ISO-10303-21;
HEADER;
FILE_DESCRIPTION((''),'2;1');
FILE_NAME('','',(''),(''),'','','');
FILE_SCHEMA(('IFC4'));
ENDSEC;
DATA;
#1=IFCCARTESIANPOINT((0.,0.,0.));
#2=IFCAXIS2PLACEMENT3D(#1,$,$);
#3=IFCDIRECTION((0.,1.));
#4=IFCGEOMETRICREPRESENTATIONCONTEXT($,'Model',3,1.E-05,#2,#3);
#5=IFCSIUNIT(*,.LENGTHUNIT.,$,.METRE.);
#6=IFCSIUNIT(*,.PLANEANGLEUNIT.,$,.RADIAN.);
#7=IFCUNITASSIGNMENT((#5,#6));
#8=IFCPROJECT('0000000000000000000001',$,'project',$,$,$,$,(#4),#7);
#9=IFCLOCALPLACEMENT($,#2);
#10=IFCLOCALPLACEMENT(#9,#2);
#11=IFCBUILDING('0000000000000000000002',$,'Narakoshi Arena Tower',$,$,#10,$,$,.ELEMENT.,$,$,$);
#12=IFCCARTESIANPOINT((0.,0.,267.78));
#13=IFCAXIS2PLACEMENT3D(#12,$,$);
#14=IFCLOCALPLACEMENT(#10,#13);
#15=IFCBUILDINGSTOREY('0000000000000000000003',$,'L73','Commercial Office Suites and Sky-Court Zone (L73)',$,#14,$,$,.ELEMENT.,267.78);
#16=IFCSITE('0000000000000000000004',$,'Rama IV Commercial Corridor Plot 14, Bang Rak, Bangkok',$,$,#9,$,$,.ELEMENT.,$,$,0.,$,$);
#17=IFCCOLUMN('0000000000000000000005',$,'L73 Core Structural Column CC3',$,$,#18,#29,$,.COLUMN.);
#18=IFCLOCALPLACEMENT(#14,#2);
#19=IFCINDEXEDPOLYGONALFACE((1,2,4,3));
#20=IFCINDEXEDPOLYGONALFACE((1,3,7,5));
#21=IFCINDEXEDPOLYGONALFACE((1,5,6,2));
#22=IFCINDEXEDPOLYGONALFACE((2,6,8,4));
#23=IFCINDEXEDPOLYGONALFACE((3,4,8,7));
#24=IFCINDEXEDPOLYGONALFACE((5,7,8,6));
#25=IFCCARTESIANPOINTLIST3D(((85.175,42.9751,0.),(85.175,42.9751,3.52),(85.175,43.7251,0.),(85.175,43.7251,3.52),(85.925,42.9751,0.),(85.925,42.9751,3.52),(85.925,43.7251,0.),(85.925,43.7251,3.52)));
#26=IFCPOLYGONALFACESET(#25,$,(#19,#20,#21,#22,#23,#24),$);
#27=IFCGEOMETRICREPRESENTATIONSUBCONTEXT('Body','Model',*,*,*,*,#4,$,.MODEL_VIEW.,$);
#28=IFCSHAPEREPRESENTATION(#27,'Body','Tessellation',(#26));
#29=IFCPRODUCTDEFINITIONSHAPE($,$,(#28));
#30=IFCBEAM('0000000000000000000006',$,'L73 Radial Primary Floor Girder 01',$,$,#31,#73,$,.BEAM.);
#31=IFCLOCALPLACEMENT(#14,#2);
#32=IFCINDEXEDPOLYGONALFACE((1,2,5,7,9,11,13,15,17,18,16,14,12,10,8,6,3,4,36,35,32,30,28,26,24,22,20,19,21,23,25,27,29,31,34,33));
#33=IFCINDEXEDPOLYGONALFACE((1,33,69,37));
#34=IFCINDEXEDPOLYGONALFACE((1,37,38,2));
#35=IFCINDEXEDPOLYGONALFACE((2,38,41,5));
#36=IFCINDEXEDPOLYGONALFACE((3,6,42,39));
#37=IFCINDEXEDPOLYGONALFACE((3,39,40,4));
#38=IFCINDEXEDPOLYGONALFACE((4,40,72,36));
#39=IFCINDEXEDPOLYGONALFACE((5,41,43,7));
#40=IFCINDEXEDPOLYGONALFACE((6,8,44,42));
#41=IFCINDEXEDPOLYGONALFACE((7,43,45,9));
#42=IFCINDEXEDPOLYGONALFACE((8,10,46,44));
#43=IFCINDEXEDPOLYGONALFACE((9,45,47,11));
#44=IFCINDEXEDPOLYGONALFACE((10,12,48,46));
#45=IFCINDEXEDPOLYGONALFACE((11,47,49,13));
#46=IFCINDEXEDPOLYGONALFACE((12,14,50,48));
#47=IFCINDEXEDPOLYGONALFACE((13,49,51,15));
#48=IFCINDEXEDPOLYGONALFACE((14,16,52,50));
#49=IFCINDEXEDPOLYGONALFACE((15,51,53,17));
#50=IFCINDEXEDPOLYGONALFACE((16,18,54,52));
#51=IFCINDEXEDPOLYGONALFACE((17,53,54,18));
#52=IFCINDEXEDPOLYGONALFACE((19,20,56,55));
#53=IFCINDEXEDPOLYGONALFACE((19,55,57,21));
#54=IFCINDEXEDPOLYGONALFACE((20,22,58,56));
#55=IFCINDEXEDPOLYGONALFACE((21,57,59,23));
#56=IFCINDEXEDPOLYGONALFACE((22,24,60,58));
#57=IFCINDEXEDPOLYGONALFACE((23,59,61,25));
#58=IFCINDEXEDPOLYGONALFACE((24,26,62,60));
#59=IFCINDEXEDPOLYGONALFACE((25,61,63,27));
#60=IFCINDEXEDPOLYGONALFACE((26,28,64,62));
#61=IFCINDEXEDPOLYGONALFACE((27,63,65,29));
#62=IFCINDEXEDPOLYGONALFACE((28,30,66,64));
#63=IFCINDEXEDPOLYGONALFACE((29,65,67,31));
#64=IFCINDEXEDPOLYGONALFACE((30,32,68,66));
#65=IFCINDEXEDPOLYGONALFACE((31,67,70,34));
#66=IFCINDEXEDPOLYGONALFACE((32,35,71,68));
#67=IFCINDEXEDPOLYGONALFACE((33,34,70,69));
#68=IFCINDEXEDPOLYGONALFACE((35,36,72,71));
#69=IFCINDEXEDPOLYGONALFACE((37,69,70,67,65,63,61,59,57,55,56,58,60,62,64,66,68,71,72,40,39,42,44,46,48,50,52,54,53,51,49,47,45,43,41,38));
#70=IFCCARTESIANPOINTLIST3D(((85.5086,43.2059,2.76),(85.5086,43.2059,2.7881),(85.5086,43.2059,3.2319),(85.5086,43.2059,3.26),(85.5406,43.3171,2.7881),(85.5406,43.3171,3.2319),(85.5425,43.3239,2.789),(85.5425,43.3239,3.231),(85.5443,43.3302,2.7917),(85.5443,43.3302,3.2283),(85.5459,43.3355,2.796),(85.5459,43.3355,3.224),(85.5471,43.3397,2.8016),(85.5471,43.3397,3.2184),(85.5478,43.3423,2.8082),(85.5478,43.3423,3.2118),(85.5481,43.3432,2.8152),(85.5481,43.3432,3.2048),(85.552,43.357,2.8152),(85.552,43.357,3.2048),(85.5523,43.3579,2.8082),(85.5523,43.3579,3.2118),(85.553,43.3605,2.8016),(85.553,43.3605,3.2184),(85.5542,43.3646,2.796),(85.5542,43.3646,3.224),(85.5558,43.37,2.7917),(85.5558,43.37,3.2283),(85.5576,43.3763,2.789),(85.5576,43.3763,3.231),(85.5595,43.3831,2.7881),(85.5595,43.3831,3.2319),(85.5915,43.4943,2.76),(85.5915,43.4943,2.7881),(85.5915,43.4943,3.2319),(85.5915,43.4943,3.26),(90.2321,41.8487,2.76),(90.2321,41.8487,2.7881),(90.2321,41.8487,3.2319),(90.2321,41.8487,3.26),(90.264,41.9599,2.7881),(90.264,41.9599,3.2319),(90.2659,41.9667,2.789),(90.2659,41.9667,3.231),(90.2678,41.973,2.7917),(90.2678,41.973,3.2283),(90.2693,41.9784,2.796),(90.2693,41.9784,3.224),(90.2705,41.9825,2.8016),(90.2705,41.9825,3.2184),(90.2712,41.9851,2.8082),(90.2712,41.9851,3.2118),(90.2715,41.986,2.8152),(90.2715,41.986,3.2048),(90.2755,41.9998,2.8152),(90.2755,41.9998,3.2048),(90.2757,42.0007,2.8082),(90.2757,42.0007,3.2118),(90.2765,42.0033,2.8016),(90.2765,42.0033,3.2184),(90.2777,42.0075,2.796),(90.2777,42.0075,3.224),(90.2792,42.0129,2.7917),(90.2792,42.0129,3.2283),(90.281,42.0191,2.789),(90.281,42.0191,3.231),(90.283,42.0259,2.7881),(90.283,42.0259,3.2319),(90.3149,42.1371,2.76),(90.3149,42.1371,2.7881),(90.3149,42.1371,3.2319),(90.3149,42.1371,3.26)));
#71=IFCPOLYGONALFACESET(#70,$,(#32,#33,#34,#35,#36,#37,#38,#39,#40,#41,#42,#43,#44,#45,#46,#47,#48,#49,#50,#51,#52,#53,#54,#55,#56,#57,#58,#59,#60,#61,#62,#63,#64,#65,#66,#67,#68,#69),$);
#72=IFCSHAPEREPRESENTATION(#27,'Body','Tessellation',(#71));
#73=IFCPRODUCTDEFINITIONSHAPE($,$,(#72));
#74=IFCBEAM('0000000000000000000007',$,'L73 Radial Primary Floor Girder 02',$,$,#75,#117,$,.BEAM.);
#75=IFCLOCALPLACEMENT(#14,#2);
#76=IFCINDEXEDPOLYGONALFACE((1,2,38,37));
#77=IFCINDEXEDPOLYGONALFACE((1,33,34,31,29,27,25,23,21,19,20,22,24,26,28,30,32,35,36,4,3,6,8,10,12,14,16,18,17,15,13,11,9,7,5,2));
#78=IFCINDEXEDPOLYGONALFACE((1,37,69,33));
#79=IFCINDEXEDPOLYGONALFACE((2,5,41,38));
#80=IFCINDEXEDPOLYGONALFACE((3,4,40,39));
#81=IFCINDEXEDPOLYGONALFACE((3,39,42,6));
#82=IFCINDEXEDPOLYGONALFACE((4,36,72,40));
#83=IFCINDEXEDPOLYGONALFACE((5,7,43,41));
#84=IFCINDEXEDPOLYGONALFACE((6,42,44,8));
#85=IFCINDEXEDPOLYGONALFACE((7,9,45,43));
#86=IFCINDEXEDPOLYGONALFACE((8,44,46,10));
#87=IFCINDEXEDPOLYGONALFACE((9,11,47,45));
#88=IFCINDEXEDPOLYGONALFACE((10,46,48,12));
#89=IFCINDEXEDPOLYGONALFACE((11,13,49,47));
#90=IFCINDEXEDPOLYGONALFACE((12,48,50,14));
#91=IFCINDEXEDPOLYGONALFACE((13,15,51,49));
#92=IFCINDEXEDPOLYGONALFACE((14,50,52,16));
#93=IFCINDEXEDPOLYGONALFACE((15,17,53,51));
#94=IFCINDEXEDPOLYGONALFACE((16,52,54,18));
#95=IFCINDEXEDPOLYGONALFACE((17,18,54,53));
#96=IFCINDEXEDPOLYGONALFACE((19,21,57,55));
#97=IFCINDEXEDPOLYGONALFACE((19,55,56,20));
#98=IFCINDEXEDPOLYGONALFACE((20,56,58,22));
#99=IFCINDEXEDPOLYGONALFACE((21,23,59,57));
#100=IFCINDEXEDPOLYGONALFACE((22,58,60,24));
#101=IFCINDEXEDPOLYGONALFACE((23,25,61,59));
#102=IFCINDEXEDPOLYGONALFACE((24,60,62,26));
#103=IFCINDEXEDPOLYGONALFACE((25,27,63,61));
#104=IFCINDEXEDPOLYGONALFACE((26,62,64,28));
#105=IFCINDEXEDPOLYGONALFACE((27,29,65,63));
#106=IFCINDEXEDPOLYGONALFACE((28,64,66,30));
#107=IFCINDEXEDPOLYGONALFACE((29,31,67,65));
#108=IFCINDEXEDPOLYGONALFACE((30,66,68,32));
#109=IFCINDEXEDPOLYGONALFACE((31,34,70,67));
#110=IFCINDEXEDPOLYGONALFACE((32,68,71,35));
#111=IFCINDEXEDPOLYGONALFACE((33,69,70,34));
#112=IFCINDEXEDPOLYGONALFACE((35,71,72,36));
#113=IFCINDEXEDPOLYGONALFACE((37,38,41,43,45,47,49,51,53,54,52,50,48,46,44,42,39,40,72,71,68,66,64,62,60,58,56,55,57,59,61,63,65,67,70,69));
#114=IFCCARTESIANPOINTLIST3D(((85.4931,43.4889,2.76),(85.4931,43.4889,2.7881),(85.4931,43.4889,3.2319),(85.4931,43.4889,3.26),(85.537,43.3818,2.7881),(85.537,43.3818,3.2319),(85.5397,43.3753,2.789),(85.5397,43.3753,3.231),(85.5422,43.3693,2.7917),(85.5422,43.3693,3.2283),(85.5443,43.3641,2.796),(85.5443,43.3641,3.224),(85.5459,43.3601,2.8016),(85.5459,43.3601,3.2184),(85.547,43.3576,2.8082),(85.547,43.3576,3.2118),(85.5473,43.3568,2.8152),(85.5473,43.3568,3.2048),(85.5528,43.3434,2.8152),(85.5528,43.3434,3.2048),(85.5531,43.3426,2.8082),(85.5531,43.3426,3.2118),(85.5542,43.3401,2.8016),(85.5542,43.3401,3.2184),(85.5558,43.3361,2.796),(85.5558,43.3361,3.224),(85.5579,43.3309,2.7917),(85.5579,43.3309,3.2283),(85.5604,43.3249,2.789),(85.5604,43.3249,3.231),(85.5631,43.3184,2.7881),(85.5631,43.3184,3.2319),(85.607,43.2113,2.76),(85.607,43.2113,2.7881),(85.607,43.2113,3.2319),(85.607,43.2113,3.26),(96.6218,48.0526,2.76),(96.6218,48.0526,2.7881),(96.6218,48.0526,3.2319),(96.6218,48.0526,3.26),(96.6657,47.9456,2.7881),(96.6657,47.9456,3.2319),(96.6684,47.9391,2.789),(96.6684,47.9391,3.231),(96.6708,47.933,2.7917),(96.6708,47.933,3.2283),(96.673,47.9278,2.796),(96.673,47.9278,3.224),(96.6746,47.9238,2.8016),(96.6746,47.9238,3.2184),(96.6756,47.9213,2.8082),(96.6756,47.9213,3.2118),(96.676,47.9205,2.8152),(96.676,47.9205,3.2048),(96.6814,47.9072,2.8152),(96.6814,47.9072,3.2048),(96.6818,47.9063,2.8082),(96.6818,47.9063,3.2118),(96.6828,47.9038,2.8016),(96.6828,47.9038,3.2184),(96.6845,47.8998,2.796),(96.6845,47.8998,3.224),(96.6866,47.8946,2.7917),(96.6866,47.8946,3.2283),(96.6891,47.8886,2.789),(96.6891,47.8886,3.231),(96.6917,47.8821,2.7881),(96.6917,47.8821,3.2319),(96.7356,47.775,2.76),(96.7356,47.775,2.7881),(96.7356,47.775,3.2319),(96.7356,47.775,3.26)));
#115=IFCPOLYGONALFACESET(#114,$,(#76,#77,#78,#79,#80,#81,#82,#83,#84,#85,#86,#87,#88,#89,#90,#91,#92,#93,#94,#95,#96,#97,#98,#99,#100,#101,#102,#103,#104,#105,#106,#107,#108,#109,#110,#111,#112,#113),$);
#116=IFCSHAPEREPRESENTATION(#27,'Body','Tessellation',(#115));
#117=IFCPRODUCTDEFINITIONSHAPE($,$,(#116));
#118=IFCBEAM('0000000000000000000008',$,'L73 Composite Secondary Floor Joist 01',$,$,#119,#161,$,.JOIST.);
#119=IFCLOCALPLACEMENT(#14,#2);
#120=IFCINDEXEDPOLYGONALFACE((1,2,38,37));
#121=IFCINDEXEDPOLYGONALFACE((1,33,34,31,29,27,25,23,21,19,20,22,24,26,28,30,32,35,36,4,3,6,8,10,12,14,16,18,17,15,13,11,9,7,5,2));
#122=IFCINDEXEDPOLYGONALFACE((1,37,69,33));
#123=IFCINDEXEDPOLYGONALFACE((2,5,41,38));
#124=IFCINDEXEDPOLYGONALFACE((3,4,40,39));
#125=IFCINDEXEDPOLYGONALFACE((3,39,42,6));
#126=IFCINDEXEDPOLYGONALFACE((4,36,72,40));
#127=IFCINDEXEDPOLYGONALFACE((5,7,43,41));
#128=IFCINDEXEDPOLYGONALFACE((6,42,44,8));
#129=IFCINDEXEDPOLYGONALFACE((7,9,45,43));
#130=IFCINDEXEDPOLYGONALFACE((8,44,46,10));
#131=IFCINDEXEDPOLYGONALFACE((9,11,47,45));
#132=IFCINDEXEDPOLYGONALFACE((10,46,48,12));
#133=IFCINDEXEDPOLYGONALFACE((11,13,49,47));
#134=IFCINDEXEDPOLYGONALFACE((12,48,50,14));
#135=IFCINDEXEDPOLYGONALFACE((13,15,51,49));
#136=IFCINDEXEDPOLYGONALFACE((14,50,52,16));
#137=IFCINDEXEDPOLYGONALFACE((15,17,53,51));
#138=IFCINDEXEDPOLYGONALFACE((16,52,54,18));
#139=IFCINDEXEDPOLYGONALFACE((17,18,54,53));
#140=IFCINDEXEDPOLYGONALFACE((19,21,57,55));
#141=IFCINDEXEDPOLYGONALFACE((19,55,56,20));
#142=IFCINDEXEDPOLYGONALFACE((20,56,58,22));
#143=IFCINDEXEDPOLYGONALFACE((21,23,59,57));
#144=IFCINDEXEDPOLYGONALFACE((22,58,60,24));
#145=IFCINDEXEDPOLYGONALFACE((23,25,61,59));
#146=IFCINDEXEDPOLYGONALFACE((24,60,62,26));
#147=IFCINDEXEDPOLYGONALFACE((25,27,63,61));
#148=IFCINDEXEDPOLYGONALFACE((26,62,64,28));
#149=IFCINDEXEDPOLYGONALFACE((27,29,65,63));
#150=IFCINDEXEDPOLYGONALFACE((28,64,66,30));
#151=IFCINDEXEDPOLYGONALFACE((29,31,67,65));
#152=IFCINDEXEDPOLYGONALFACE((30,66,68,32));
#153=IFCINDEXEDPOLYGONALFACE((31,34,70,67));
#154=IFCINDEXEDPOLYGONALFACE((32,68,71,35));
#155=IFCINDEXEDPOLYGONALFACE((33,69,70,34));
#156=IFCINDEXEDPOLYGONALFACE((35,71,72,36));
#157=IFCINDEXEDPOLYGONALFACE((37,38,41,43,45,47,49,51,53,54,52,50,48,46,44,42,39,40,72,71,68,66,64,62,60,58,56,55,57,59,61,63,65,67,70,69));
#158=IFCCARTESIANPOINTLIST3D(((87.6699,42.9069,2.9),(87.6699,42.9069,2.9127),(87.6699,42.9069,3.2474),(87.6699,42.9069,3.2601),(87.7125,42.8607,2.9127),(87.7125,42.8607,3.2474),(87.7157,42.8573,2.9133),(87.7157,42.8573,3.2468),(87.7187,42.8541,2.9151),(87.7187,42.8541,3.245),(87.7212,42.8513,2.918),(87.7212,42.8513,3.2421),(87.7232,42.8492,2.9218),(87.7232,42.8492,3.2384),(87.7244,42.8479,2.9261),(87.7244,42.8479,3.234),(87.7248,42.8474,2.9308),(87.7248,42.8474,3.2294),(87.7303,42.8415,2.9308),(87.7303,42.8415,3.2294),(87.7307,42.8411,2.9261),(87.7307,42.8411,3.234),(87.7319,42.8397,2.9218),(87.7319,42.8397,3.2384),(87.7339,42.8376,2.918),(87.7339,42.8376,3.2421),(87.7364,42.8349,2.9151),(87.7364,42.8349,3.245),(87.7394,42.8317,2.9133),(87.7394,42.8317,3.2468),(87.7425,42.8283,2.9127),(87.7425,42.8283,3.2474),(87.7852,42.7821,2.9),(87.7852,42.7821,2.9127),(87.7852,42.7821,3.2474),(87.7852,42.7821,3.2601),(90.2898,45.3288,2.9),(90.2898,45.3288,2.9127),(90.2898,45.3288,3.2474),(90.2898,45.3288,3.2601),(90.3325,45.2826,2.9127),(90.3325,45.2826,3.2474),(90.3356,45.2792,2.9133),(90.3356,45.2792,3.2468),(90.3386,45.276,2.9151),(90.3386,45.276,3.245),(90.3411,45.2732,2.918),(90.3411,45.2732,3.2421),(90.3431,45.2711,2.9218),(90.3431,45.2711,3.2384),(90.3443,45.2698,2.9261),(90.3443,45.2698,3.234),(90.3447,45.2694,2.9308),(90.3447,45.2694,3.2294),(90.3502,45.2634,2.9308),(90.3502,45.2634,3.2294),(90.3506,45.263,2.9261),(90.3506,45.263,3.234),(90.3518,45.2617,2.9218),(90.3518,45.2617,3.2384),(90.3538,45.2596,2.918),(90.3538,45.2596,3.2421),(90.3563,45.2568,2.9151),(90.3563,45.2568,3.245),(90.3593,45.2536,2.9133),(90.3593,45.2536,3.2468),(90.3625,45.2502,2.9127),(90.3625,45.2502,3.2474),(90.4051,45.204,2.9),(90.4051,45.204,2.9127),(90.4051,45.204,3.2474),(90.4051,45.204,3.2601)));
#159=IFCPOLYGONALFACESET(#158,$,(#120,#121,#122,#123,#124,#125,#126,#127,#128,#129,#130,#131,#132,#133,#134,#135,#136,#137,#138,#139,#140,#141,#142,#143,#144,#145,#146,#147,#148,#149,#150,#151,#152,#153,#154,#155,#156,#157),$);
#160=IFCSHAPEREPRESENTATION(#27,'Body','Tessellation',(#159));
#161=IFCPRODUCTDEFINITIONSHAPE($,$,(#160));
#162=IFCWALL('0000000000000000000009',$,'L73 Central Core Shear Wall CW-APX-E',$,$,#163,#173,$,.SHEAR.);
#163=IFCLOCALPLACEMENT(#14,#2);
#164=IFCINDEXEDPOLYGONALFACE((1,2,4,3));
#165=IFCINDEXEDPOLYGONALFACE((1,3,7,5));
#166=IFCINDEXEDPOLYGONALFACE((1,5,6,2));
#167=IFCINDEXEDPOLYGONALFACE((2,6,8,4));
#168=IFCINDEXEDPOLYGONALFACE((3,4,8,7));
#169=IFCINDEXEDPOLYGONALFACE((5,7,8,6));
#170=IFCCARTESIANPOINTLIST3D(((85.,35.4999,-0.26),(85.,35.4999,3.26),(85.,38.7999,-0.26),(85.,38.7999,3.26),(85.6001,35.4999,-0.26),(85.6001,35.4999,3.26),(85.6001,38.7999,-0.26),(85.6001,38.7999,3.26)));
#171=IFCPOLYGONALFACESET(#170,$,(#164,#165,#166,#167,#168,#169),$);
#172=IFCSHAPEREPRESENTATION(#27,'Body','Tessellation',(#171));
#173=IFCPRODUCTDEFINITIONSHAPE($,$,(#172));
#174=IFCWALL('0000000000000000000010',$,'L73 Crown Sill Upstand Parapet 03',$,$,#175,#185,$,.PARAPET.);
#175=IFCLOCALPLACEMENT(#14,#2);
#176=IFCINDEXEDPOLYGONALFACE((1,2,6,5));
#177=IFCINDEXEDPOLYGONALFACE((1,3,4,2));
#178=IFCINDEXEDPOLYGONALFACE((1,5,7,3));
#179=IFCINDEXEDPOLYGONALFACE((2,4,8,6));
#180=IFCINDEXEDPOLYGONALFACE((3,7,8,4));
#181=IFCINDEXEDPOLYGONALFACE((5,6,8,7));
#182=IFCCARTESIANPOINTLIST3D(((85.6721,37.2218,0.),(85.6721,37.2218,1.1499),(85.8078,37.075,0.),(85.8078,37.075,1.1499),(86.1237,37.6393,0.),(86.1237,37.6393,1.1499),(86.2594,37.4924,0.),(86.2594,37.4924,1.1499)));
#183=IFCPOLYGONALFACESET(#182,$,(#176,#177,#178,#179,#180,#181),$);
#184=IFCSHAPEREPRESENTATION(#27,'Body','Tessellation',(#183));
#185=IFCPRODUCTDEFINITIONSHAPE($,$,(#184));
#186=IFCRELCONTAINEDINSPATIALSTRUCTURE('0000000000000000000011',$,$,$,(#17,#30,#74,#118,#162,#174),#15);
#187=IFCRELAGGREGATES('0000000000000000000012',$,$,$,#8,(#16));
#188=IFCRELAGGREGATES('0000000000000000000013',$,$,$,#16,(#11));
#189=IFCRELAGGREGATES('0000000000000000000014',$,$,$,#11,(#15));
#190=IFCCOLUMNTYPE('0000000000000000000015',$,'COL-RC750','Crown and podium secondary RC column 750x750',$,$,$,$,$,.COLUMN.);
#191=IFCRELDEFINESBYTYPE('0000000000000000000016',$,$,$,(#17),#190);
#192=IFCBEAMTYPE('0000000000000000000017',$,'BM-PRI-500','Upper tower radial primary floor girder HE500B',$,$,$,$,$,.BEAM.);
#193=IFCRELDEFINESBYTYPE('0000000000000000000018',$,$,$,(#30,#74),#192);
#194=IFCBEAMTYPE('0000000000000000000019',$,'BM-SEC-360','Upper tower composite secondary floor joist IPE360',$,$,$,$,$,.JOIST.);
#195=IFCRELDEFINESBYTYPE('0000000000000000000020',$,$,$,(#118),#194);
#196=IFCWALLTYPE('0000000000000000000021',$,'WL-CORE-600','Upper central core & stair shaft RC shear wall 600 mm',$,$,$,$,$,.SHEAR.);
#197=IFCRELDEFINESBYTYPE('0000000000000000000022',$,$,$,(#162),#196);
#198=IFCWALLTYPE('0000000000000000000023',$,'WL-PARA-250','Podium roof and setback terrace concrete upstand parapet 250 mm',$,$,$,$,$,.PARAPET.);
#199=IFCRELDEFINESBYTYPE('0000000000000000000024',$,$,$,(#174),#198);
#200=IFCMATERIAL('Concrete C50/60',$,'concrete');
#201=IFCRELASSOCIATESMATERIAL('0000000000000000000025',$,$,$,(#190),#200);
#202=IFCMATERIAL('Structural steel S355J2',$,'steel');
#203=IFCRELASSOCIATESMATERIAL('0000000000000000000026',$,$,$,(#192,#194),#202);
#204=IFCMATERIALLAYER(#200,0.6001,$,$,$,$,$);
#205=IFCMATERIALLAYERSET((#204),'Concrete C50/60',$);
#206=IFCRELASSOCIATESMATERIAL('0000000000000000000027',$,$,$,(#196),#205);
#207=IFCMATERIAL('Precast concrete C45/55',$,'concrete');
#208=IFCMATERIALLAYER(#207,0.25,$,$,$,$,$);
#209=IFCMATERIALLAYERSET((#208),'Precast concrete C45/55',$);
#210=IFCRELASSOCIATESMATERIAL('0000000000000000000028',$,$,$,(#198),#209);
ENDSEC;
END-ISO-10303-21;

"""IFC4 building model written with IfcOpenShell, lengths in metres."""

from ifc_helpers import new_model, si_unit, direction, frame, frame_2d, origin, origin_2d, place, context, subcontext, project, spatial, rectangle, i_section, extrude, material, layer, layer_set, material_profile, profile_set, type_object, element, save


model = new_model("IFC4")

# Units and contexts
model_context = context("Model", 3, precision=1e-05, world=origin(), true_north=direction((0.0, 1.0)))
body_context = subcontext(model_context, "Body", "Model", "MODEL_VIEW")
ifc_project = project(units=[si_unit("LENGTHUNIT", "METRE"), si_unit("PLANEANGLEUNIT", "RADIAN")], contexts=[model_context])

# Site, building, storey
site_placement = place(None, origin())
site = spatial("IfcSite", under=ifc_project, at=site_placement, Name="Rama IV Commercial Corridor Plot 14, Bang Rak, Bangkok", CompositionType="ELEMENT", RefElevation=0.0)
building_placement = place(site_placement, origin())
building = spatial("IfcBuilding", under=site, at=building_placement, Name="Narakoshi Arena Tower", CompositionType="ELEMENT")
storey_placement = place(building_placement, frame((0.0, 0.0, 267.78)))
storey = spatial("IfcBuildingStorey", under=building, at=storey_placement, Name="L73", Description="Commercial Office Suites and Sky-Court Zone (L73)", CompositionType="ELEMENT", Elevation=267.78)

# Column
ifc_material_1 = material(Name="Concrete C50/60", Category="concrete")
ifc_material_profile_1 = material_profile(ifc_material_1, rectangle(XDim=0.75, YDim=0.75, at=origin_2d()), Name="RC750x750")
ifc_profile_set_1 = profile_set([ifc_material_profile_1], Name="Concrete C50/60")
column_type = type_object("IfcColumnType", Name="COL-RC750", Description="Crown and podium secondary RC column 750x750", PredefinedType="COLUMN", material=ifc_profile_set_1)
column_placement = place(storey_placement, frame((85.55, 43.3501, 0.0), z_axis=(0.0, 0.0, 1.0), x_axis=(1.0, 0.0, 0.0)))
element("IfcColumn", 1, at=column_placement, inside=storey, type_object=column_type, Name="L73 Core Structural Column CC3", PredefinedType="COLUMN", context=body_context, shape_type="SweptSolid", body=[
    extrude(rectangle(XDim=0.75, YDim=0.75, at=origin_2d()), origin(), (0.0, 0.0, 1.0), 3.52),
])

# Beams
ifc_material_2 = material(Name="Structural steel S355J2", Category="steel")
ifc_material_profile_2 = material_profile(ifc_material_2, i_section(OverallWidth=0.3, OverallDepth=0.5, WebThickness=0.0144, FlangeThickness=0.0281, FilletRadius=0.0271, at=origin_2d()), Name="HE500B")
ifc_profile_set_2 = profile_set([ifc_material_profile_2], Name="Structural steel S355J2")
beam_type_1 = type_object("IfcBeamType", Name="BM-PRI-500", Description="Upper tower radial primary floor girder HE500B", PredefinedType="BEAM", material=ifc_profile_set_2)
beam_1_placement = place(storey_placement, frame((85.55, 43.3501, 3.01), z_axis=(0.961112, -0.276158, 0.0), x_axis=(0.276158, 0.961112, 0.0)))
element("IfcBeam", 2, at=beam_1_placement, inside=storey, type_object=beam_type_1, Name="L73 Radial Primary Floor Girder 01", PredefinedType="BEAM", context=body_context, shape_type="SweptSolid", body=[
    extrude(i_section(OverallWidth=0.3, OverallDepth=0.5, WebThickness=0.0144, FlangeThickness=0.0281, FilletRadius=0.0271, at=origin_2d()), origin(), (0.0, 0.0, 1.0), 4.9146),
])
beam_2_placement = place(storey_placement, frame((85.55, 43.3501, 3.01), z_axis=(0.925224, 0.379422, 0.0), x_axis=(-0.379422, 0.925224, 0.0)))
element("IfcBeam", 3, at=beam_2_placement, inside=storey, type_object=beam_type_1, Name="L73 Radial Primary Floor Girder 02", PredefinedType="BEAM", context=body_context, shape_type="SweptSolid", body=[
    extrude(i_section(OverallWidth=0.3, OverallDepth=0.5, WebThickness=0.0144, FlangeThickness=0.0281, FilletRadius=0.0271, at=origin_2d()), origin(), (0.0, 0.0, 1.0), 12.0281),
])
ifc_material_profile_3 = material_profile(ifc_material_2, i_section(OverallWidth=0.1699, OverallDepth=0.3601, WebThickness=0.0081, FlangeThickness=0.0127, FilletRadius=0.0181, at=origin_2d()), Name="IPE360")
ifc_profile_set_3 = profile_set([ifc_material_profile_3], Name="Structural steel S355J2")
beam_type_2 = type_object("IfcBeamType", Name="BM-SEC-360", Description="Upper tower composite secondary floor joist IPE360", PredefinedType="JOIST", material=ifc_profile_set_3)
beam_3_placement = place(storey_placement, frame((87.7275, 42.8445, 3.0801), z_axis=(0.73431, 0.678814, 0.0), x_axis=(-0.678814, 0.73431, 0.0)))
element("IfcBeam", 4, at=beam_3_placement, inside=storey, type_object=beam_type_2, Name="L73 Composite Secondary Floor Joist 01", PredefinedType="JOIST", context=body_context, shape_type="SweptSolid", body=[
    extrude(i_section(OverallWidth=0.1699, OverallDepth=0.3601, WebThickness=0.0081, FlangeThickness=0.0127, FilletRadius=0.0181, at=origin_2d()), origin(), (0.0, 0.0, 1.0), 3.5679),
])

# Walls
ifc_layer_1 = layer(ifc_material_1, 0.6001)
ifc_layer_set_1 = layer_set([ifc_layer_1], Name="Concrete C50/60")
wall_type_1 = type_object("IfcWallType", Name="WL-CORE-600", Description="Upper central core & stair shaft RC shear wall 600 mm", PredefinedType="SHEAR", material=ifc_layer_set_1)
wall_1_placement = place(storey_placement, frame((85.3, 35.5, -0.26), z_axis=(0.0, 0.0, 1.0), x_axis=(0.0, 1.0, 0.0)))
element("IfcWall", 5, at=wall_1_placement, inside=storey, type_object=wall_type_1, Name="L73 Central Core Shear Wall CW-APX-E", PredefinedType="SHEAR", context=body_context, shape_type="SweptSolid", body=[
    extrude(rectangle(XDim=3.3, YDim=0.6001, at=frame_2d((1.6499, 0.0))), origin(), (0.0, 0.0, 1.0), 3.52),
])
ifc_material_3 = material(Name="Precast concrete C45/55", Category="concrete")
ifc_layer_2 = layer(ifc_material_3, 0.25)
ifc_layer_set_2 = layer_set([ifc_layer_2], Name="Precast concrete C45/55")
wall_type_2 = type_object("IfcWallType", Name="WL-PARA-250", Description="Podium roof and setback terrace concrete upstand parapet 250 mm", PredefinedType="PARAPET", material=ifc_layer_set_2)
wall_2_placement = place(storey_placement, frame((86.1917, 37.5659, 0.0), z_axis=(0.0, 0.0, 1.0), x_axis=(-0.734347, -0.678775, 0.0)))
element("IfcWall", 6, at=wall_2_placement, inside=storey, type_object=wall_type_2, Name="L73 Crown Sill Upstand Parapet 03", PredefinedType="PARAPET", context=body_context, shape_type="SweptSolid", body=[
    extrude(rectangle(XDim=0.615, YDim=0.2, at=frame_2d((0.3076, 0.0))), origin(), (0.0, 0.0, 1.0), 1.1499),
])

save(model, "model.ifc")
